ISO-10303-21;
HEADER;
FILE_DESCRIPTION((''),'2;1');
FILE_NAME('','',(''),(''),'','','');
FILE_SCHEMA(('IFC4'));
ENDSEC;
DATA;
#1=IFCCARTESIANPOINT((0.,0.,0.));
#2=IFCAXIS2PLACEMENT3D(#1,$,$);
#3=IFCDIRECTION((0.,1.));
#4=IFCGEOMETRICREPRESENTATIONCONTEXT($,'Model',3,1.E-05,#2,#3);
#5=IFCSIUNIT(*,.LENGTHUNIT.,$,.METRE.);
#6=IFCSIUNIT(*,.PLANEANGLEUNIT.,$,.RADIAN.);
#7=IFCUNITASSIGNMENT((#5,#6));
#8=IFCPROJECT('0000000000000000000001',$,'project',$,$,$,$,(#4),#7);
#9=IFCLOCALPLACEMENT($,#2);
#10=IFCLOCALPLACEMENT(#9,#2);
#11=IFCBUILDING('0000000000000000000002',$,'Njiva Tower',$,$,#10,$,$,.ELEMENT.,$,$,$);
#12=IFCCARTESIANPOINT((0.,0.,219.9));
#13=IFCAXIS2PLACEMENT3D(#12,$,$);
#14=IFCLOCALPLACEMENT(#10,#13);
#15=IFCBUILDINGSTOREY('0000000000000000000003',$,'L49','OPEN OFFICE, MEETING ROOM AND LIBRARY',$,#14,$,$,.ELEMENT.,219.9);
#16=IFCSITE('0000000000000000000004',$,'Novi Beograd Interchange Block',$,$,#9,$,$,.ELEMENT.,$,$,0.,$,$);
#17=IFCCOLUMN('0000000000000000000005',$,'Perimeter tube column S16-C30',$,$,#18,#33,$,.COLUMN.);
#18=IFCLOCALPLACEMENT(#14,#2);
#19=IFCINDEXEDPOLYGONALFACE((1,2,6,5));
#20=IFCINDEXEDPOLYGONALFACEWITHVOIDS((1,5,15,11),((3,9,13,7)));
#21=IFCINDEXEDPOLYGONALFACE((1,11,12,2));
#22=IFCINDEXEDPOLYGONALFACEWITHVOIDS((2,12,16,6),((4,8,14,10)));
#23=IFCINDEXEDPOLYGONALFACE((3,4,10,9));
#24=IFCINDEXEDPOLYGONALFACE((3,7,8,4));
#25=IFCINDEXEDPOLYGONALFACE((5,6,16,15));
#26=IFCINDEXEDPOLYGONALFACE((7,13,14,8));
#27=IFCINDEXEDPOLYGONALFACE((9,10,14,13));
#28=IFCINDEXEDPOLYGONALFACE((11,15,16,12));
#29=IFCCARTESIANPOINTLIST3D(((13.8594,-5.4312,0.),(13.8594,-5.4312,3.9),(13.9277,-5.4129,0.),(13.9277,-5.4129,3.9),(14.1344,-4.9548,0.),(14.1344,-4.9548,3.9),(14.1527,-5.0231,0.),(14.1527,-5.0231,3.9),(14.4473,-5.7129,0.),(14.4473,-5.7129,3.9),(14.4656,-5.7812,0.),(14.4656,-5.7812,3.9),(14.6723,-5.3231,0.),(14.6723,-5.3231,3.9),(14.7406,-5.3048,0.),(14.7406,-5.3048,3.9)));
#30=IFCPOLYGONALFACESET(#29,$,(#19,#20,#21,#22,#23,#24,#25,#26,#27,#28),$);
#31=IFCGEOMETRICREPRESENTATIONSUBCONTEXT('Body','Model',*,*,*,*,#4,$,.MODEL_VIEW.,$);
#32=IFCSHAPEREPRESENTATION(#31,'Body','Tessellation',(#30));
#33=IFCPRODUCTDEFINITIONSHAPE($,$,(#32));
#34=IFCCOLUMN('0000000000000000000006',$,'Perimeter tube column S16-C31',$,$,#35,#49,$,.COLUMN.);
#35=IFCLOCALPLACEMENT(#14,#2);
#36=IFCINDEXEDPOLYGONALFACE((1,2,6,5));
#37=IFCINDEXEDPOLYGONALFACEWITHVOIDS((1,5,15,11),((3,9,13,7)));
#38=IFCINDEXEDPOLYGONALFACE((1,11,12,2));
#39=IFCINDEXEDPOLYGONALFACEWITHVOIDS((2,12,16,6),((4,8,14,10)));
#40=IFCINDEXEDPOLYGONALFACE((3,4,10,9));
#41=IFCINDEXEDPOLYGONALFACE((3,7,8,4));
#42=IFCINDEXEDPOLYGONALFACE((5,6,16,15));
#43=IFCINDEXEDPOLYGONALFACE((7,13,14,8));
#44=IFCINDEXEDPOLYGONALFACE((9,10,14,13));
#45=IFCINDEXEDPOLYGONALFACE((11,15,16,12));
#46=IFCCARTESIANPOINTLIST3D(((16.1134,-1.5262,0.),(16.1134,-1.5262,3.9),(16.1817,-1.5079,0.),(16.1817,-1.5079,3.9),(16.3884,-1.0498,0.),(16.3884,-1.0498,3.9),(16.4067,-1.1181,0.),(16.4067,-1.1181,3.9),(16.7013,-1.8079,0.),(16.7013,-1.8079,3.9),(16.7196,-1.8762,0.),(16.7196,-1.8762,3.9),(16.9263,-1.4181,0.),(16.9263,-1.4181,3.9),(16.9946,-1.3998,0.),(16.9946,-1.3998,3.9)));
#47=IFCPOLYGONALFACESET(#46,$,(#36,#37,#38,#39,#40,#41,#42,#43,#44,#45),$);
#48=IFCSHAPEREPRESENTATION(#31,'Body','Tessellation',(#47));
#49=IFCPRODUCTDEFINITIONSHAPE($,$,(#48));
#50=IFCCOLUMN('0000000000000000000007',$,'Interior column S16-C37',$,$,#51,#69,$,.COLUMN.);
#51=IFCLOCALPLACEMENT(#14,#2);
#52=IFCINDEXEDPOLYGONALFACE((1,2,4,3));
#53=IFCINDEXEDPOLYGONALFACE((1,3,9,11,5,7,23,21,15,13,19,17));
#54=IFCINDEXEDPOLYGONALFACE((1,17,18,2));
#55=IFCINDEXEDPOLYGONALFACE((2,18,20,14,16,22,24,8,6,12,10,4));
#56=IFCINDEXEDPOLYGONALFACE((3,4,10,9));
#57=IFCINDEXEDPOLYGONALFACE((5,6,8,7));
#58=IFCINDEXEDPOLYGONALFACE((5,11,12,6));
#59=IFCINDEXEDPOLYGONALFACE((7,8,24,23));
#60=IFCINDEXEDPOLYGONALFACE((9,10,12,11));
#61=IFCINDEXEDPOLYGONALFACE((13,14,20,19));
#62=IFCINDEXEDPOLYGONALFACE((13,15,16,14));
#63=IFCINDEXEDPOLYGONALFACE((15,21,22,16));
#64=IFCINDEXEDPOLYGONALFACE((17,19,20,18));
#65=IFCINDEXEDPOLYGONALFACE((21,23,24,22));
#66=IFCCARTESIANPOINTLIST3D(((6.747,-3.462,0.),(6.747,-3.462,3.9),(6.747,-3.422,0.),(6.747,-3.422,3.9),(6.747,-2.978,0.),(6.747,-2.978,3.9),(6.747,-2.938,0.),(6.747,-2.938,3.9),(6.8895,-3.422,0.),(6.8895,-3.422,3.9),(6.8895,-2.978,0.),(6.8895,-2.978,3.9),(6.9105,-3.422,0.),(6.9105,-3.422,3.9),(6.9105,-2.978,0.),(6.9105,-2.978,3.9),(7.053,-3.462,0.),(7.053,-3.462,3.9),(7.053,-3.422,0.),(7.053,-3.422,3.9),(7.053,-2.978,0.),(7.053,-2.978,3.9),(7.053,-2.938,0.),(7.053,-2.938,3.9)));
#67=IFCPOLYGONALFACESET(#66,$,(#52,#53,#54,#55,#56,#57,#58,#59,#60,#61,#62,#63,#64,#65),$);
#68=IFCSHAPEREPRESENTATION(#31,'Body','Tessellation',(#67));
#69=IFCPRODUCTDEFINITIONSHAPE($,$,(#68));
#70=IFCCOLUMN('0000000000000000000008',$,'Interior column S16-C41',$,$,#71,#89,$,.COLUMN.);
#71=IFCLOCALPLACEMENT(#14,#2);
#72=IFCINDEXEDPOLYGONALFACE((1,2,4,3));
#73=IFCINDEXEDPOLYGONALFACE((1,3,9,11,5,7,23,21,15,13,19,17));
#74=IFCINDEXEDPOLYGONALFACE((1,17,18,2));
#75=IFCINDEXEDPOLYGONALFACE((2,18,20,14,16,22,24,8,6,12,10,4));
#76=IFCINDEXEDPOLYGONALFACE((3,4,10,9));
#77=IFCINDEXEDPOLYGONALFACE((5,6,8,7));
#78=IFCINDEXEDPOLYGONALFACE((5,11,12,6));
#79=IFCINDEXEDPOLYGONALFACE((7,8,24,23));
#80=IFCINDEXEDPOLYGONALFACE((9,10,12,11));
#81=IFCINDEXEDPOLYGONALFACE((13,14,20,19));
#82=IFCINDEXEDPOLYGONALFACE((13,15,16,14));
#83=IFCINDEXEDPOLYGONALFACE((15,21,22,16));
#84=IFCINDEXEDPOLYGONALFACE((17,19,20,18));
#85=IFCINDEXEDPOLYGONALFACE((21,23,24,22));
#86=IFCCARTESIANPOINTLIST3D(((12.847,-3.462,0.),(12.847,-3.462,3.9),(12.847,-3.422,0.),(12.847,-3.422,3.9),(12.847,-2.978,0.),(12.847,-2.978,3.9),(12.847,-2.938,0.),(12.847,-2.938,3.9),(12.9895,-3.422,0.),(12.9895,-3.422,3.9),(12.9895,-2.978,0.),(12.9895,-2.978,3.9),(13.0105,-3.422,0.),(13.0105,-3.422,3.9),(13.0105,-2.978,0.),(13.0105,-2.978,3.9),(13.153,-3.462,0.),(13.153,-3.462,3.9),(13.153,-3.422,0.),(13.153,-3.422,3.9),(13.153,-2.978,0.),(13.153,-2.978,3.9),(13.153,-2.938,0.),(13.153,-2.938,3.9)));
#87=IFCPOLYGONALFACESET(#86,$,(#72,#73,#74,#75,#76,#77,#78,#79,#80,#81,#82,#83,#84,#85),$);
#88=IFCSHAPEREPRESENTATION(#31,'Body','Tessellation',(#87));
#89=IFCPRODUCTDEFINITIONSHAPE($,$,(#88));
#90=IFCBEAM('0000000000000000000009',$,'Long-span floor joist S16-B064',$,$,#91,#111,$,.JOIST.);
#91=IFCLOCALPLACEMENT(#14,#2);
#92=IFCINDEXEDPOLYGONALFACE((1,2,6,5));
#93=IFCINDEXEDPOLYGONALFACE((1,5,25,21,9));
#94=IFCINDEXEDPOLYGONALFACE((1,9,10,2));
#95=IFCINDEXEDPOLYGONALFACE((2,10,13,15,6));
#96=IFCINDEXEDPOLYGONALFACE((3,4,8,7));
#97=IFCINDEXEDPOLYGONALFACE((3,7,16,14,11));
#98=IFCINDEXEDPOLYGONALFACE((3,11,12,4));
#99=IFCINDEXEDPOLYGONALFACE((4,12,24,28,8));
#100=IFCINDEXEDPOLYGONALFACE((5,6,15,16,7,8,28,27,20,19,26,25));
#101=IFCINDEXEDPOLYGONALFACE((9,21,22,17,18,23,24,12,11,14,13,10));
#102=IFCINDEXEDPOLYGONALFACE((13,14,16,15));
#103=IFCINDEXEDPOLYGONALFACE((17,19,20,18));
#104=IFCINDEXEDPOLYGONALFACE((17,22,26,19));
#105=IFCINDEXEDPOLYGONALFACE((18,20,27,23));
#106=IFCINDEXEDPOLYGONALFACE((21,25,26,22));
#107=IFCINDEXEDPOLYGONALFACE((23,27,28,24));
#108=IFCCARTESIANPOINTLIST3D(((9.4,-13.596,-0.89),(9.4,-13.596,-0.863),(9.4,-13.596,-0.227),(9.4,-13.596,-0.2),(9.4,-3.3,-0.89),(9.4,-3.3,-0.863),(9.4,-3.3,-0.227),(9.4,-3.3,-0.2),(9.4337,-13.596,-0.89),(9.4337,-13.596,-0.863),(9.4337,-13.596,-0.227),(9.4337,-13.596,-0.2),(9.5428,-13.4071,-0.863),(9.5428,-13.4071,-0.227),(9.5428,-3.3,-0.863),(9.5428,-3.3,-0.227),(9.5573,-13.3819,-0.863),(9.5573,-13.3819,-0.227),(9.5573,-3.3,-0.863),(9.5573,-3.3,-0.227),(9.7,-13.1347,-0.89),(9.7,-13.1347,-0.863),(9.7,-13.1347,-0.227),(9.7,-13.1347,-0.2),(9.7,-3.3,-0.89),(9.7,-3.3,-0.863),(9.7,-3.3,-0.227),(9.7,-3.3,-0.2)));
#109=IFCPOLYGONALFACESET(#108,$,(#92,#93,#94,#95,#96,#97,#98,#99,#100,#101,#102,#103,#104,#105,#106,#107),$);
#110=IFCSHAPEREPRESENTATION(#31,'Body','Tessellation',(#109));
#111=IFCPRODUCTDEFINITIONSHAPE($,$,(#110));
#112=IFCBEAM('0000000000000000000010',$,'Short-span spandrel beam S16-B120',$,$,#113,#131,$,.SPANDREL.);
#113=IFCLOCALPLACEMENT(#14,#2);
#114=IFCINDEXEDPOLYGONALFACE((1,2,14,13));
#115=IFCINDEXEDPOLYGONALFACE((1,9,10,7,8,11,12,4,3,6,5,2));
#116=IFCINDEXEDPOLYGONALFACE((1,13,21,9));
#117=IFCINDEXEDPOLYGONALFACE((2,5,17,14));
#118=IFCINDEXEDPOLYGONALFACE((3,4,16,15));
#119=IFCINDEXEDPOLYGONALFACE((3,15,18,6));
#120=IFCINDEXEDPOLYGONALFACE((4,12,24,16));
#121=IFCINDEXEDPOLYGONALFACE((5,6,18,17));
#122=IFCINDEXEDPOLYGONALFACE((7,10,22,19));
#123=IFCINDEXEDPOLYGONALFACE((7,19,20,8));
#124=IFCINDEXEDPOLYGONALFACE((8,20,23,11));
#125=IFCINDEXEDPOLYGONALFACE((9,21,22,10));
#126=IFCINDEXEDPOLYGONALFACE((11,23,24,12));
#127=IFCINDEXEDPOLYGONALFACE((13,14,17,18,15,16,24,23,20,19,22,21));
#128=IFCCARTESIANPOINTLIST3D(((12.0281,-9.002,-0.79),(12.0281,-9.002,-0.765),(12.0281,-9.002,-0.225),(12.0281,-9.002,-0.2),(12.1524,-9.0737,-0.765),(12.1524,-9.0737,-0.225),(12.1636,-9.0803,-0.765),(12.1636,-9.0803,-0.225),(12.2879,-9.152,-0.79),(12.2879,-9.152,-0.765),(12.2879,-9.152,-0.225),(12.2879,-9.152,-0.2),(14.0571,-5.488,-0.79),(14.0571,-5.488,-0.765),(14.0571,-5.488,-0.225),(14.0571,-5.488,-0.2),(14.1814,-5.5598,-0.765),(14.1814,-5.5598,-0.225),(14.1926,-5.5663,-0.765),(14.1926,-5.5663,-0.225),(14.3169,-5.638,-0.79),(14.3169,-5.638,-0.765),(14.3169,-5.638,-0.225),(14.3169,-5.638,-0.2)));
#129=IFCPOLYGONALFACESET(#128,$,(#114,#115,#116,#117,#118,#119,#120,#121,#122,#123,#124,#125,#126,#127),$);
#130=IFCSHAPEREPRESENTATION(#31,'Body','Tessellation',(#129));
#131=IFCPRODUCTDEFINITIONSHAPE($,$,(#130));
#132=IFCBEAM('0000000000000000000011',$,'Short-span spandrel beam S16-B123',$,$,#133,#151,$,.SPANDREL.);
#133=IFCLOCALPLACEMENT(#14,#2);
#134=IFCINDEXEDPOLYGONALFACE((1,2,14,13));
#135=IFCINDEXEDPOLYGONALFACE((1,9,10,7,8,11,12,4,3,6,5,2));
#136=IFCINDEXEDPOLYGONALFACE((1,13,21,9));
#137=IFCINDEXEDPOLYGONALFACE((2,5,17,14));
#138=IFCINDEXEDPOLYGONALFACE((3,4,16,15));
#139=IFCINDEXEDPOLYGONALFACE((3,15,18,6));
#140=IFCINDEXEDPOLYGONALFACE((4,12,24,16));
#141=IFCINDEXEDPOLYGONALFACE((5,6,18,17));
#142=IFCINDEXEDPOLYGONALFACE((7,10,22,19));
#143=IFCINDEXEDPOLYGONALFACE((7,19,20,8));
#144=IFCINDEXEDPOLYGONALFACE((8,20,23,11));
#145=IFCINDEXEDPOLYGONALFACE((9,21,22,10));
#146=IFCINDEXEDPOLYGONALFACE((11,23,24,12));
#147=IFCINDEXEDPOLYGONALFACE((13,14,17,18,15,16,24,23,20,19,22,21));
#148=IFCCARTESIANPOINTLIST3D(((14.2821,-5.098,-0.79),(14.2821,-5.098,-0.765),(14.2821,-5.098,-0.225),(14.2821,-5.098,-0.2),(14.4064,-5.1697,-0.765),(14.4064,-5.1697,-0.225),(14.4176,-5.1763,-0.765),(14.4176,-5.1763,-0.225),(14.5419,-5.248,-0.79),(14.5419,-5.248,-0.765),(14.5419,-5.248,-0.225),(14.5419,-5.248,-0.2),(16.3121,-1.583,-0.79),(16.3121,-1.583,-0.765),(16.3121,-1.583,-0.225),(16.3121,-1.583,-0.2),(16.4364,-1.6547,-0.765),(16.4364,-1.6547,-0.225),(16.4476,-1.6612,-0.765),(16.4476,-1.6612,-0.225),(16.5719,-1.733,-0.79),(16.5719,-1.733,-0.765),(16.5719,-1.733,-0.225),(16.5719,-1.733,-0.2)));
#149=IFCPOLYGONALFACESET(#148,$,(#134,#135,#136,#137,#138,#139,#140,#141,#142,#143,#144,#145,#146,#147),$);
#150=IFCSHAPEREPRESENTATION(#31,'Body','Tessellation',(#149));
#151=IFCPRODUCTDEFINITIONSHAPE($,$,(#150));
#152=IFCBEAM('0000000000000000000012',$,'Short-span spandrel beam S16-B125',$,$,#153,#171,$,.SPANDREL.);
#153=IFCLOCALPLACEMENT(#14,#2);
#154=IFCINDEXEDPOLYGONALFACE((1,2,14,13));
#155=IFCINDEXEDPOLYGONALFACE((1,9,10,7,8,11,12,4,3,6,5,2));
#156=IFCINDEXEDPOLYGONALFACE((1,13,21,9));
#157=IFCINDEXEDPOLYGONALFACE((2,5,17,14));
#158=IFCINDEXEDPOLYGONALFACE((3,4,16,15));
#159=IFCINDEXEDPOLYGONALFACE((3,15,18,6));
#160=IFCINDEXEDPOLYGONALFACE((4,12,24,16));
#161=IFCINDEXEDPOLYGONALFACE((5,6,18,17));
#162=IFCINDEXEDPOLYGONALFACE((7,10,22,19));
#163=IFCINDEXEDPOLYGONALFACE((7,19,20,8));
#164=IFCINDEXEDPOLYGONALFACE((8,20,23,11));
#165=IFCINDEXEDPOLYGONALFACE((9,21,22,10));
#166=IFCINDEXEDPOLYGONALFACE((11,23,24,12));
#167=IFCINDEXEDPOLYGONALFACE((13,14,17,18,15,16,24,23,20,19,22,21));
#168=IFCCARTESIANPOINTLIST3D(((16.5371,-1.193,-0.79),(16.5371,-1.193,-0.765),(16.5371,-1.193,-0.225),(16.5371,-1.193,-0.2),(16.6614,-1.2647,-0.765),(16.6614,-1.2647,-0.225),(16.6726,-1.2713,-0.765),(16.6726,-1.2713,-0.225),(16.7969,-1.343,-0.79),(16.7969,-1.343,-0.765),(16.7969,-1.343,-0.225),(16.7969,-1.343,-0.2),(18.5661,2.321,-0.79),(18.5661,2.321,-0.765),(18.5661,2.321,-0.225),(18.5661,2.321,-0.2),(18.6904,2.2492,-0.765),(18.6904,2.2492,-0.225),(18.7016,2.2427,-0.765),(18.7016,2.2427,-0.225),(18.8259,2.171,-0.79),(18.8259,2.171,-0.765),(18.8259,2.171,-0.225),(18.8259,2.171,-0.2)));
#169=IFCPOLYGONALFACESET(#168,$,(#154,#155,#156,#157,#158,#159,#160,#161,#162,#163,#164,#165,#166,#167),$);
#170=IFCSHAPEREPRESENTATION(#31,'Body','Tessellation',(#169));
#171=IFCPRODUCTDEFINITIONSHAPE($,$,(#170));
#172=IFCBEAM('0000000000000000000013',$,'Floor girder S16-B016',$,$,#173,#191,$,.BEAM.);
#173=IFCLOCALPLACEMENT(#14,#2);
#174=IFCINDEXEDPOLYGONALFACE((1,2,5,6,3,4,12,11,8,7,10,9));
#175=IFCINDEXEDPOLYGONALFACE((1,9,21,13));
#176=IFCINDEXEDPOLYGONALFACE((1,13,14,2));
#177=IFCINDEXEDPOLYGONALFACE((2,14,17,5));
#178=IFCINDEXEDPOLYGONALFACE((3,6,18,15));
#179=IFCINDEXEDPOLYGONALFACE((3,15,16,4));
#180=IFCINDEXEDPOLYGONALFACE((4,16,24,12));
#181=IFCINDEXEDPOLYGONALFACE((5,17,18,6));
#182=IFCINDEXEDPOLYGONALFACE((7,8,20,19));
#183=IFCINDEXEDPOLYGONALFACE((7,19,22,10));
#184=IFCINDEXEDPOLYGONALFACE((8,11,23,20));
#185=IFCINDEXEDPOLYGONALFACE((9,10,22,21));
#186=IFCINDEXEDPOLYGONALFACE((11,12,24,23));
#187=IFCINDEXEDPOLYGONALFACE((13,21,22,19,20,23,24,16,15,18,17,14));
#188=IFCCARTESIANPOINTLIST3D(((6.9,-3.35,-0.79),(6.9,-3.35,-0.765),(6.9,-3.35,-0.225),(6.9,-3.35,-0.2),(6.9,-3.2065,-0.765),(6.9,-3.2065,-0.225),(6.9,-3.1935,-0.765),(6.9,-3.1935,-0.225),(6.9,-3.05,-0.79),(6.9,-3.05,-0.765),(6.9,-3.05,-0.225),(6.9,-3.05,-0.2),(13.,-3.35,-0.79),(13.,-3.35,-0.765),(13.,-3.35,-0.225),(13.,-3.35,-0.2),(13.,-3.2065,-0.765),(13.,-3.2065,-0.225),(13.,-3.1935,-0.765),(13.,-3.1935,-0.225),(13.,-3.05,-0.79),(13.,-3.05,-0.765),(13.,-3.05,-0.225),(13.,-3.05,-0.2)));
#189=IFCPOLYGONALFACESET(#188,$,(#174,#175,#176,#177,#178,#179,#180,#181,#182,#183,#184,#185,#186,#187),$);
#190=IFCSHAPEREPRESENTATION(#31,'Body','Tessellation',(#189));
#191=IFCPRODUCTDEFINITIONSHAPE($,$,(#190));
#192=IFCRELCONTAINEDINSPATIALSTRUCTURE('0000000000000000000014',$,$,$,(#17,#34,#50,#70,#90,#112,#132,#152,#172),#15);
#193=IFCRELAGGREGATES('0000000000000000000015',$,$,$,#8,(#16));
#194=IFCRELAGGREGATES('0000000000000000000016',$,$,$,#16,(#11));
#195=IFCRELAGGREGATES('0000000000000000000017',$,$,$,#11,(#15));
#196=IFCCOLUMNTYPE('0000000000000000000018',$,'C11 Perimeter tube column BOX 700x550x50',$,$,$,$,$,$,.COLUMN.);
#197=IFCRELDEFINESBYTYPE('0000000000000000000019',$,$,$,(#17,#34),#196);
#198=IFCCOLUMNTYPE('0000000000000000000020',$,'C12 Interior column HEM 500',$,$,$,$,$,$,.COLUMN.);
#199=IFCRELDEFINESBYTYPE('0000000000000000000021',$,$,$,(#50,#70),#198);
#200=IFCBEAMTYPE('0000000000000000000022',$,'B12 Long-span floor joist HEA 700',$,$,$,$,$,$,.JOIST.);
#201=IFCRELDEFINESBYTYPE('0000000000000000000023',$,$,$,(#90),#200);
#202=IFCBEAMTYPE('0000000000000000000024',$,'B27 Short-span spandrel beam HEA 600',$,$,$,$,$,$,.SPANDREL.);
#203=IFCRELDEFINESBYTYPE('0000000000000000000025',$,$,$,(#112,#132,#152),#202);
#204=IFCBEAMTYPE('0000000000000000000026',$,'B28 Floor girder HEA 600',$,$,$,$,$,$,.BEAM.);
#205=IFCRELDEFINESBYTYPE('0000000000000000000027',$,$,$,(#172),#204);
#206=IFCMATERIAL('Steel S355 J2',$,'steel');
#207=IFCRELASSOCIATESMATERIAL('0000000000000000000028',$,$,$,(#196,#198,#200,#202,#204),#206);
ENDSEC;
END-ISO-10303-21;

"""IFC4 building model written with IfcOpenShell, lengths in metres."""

from ifc_helpers import new_model, si_unit, direction, frame, origin, origin_2d, place, context, subcontext, project, spatial, hollow_rectangle, i_section, extrude, clip, halfspace, material, material_profile, profile_set, type_object, element, save


model = new_model("IFC4")

# Units and contexts
model_context = context("Model", 3, precision=1e-05, world=origin(), true_north=direction((0.0, 1.0)))
body_context = subcontext(model_context, "Body", "Model", "MODEL_VIEW")
ifc_project = project(units=[si_unit("LENGTHUNIT", "METRE"), si_unit("PLANEANGLEUNIT", "RADIAN")], contexts=[model_context])

# Site, building, storey
site_placement = place(None, origin())
site = spatial("IfcSite", under=ifc_project, at=site_placement, Name="Novi Beograd Interchange Block", CompositionType="ELEMENT", RefElevation=0.0)
building_placement = place(site_placement, origin())
building = spatial("IfcBuilding", under=site, at=building_placement, Name="Njiva Tower", CompositionType="ELEMENT")
storey_placement = place(building_placement, frame((0.0, 0.0, 219.9)))
storey = spatial("IfcBuildingStorey", under=building, at=storey_placement, Name="L49", Description="OPEN OFFICE, MEETING ROOM AND LIBRARY", CompositionType="ELEMENT", Elevation=219.9)

# Columns
ifc_material_1 = material(Name="Steel S355 J2", Category="steel")
ifc_material_profile_1 = material_profile(ifc_material_1, hollow_rectangle(XDim=0.55, YDim=0.7, WallThickness=0.05, at=origin_2d()), Name="BOX 700x550x50")
ifc_profile_set_1 = profile_set([ifc_material_profile_1], Name="Steel S355 J2")
column_type_1 = type_object("IfcColumnType", Name="C11 Perimeter tube column BOX 700x550x50", PredefinedType="COLUMN", material=ifc_profile_set_1)
for number, where, z_axis, x_axis, name in (
    (1, (14.3, -5.368, 0.0), (0.0, 0.0, 1.0), (0.5, 0.866025, 0.0), "Perimeter tube column S16-C30"),
    (2, (16.554, -1.463, 0.0), (0.0, 0.0, 1.0), (0.5, 0.866025, 0.0), "Perimeter tube column S16-C31"),
):
    element("IfcColumn", number, at=place(storey_placement, frame(where, z_axis=z_axis, x_axis=x_axis)), inside=storey, type_object=column_type_1, Name=name, PredefinedType="COLUMN", context=body_context, shape_type="SweptSolid", body=[
        extrude(hollow_rectangle(XDim=0.55, YDim=0.7, WallThickness=0.05, at=origin_2d()), origin(), (0.0, 0.0, 1.0), 3.9),
    ])
ifc_material_profile_2 = material_profile(ifc_material_1, i_section(OverallWidth=0.306, OverallDepth=0.524, WebThickness=0.021, FlangeThickness=0.04, at=origin_2d()), Name="HEM 500")
ifc_profile_set_2 = profile_set([ifc_material_profile_2], Name="Steel S355 J2")
column_type_2 = type_object("IfcColumnType", Name="C12 Interior column HEM 500", PredefinedType="COLUMN", material=ifc_profile_set_2)
for number, where, z_axis, x_axis, name in (
    (3, (6.9, -3.2, 0.0), (0.0, 0.0, 1.0), (1.0, 0.0, 0.0), "Interior column S16-C37"),
    (4, (13.0, -3.2, 0.0), (0.0, 0.0, 1.0), (1.0, 0.0, 0.0), "Interior column S16-C41"),
):
    element("IfcColumn", number, at=place(storey_placement, frame(where, z_axis=z_axis, x_axis=x_axis)), inside=storey, type_object=column_type_2, Name=name, PredefinedType="COLUMN", context=body_context, shape_type="SweptSolid", body=[
        extrude(i_section(OverallWidth=0.306, OverallDepth=0.524, WebThickness=0.021, FlangeThickness=0.04, at=origin_2d()), origin(), (0.0, 0.0, 1.0), 3.9),
    ])

# Beams
ifc_material_profile_3 = material_profile(ifc_material_1, i_section(OverallWidth=0.3, OverallDepth=0.69, WebThickness=0.0145, FlangeThickness=0.027, at=origin_2d()), Name="HEA 700")
ifc_profile_set_3 = profile_set([ifc_material_profile_3], Name="Steel S355 J2")
beam_type_1 = type_object("IfcBeamType", Name="B12 Long-span floor joist HEA 700", PredefinedType="JOIST", material=ifc_profile_set_3)
beam_1_placement = place(storey_placement, frame((9.55, -3.3, -0.545), z_axis=(0.0, -1.0, 0.0), x_axis=(1.0, 0.0, 0.0)))
element("IfcBeam", 5, at=beam_1_placement, inside=storey, type_object=beam_type_1, Name="Long-span floor joist S16-B064", PredefinedType="JOIST", context=body_context, shape_type="Clipping", body=[
    clip(extrude(i_section(OverallWidth=0.3, OverallDepth=0.69, WebThickness=0.0145, FlangeThickness=0.027, at=origin_2d()), origin(), (0.0, 0.0, 1.0), 10.296), halfspace(frame((0.0433, 0.0, 10.0195), z_axis=(0.866027, 0.0, 0.499998), x_axis=(0.0, 1.0, 0.0)), False)),
])
ifc_material_profile_4 = material_profile(ifc_material_1, i_section(OverallWidth=0.3, OverallDepth=0.59, WebThickness=0.013, FlangeThickness=0.025, at=origin_2d()), Name="HEA 600")
ifc_profile_set_4 = profile_set([ifc_material_profile_4], Name="Steel S355 J2")
beam_type_2 = type_object("IfcBeamType", Name="B27 Short-span spandrel beam HEA 600", PredefinedType="SPANDREL", material=ifc_profile_set_4)
beam_2_placement = place(storey_placement, frame((12.158, -9.077, -0.495), z_axis=(0.500035, 0.866005, 0.0), x_axis=(-0.866005, 0.500035, 0.0)))
element("IfcBeam", 6, at=beam_2_placement, inside=storey, type_object=beam_type_2, Name="Short-span spandrel beam S16-B120", PredefinedType="SPANDREL", context=body_context, shape_type="SweptSolid", body=[
    extrude(i_section(OverallWidth=0.3, OverallDepth=0.59, WebThickness=0.013, FlangeThickness=0.025, at=origin_2d()), origin(), (0.0, 0.0, 1.0), 4.0577),
])
beam_3_placement = place(storey_placement, frame((14.412, -5.173, -0.495), z_axis=(0.500113, 0.86596, 0.0), x_axis=(-0.86596, 0.500113, 0.0)))
element("IfcBeam", 7, at=beam_3_placement, inside=storey, type_object=beam_type_2, Name="Short-span spandrel beam S16-B123", PredefinedType="SPANDREL", context=body_context, shape_type="SweptSolid", body=[
    extrude(i_section(OverallWidth=0.3, OverallDepth=0.59, WebThickness=0.013, FlangeThickness=0.025, at=origin_2d()), origin(), (0.0, 0.0, 1.0), 4.0591),
])
beam_4_placement = place(storey_placement, frame((16.667, -1.268, -0.495), z_axis=(0.500035, 0.866005, 0.0), x_axis=(-0.866005, 0.500035, 0.0)))
element("IfcBeam", 8, at=beam_4_placement, inside=storey, type_object=beam_type_2, Name="Short-span spandrel beam S16-B125", PredefinedType="SPANDREL", context=body_context, shape_type="SweptSolid", body=[
    extrude(i_section(OverallWidth=0.3, OverallDepth=0.59, WebThickness=0.013, FlangeThickness=0.025, at=origin_2d()), origin(), (0.0, 0.0, 1.0), 4.0577),
])
ifc_material_profile_5 = material_profile(ifc_material_1, i_section(OverallWidth=0.3, OverallDepth=0.59, WebThickness=0.013, FlangeThickness=0.025, at=origin_2d()), Name="HEA 600")
ifc_profile_set_5 = profile_set([ifc_material_profile_5], Name="Steel S355 J2")
beam_type_3 = type_object("IfcBeamType", Name="B28 Floor girder HEA 600", PredefinedType="BEAM", material=ifc_profile_set_5)
beam_5_placement = place(storey_placement, frame((6.9, -3.2, -0.495), z_axis=(1.0, 0.0, 0.0), x_axis=(0.0, 1.0, 0.0)))
element("IfcBeam", 9, at=beam_5_placement, inside=storey, type_object=beam_type_3, Name="Floor girder S16-B016", PredefinedType="BEAM", context=body_context, shape_type="SweptSolid", body=[
    extrude(i_section(OverallWidth=0.3, OverallDepth=0.59, WebThickness=0.013, FlangeThickness=0.025, at=origin_2d()), origin(), (0.0, 0.0, 1.0), 6.1),
])

save(model, "model.ifc")
